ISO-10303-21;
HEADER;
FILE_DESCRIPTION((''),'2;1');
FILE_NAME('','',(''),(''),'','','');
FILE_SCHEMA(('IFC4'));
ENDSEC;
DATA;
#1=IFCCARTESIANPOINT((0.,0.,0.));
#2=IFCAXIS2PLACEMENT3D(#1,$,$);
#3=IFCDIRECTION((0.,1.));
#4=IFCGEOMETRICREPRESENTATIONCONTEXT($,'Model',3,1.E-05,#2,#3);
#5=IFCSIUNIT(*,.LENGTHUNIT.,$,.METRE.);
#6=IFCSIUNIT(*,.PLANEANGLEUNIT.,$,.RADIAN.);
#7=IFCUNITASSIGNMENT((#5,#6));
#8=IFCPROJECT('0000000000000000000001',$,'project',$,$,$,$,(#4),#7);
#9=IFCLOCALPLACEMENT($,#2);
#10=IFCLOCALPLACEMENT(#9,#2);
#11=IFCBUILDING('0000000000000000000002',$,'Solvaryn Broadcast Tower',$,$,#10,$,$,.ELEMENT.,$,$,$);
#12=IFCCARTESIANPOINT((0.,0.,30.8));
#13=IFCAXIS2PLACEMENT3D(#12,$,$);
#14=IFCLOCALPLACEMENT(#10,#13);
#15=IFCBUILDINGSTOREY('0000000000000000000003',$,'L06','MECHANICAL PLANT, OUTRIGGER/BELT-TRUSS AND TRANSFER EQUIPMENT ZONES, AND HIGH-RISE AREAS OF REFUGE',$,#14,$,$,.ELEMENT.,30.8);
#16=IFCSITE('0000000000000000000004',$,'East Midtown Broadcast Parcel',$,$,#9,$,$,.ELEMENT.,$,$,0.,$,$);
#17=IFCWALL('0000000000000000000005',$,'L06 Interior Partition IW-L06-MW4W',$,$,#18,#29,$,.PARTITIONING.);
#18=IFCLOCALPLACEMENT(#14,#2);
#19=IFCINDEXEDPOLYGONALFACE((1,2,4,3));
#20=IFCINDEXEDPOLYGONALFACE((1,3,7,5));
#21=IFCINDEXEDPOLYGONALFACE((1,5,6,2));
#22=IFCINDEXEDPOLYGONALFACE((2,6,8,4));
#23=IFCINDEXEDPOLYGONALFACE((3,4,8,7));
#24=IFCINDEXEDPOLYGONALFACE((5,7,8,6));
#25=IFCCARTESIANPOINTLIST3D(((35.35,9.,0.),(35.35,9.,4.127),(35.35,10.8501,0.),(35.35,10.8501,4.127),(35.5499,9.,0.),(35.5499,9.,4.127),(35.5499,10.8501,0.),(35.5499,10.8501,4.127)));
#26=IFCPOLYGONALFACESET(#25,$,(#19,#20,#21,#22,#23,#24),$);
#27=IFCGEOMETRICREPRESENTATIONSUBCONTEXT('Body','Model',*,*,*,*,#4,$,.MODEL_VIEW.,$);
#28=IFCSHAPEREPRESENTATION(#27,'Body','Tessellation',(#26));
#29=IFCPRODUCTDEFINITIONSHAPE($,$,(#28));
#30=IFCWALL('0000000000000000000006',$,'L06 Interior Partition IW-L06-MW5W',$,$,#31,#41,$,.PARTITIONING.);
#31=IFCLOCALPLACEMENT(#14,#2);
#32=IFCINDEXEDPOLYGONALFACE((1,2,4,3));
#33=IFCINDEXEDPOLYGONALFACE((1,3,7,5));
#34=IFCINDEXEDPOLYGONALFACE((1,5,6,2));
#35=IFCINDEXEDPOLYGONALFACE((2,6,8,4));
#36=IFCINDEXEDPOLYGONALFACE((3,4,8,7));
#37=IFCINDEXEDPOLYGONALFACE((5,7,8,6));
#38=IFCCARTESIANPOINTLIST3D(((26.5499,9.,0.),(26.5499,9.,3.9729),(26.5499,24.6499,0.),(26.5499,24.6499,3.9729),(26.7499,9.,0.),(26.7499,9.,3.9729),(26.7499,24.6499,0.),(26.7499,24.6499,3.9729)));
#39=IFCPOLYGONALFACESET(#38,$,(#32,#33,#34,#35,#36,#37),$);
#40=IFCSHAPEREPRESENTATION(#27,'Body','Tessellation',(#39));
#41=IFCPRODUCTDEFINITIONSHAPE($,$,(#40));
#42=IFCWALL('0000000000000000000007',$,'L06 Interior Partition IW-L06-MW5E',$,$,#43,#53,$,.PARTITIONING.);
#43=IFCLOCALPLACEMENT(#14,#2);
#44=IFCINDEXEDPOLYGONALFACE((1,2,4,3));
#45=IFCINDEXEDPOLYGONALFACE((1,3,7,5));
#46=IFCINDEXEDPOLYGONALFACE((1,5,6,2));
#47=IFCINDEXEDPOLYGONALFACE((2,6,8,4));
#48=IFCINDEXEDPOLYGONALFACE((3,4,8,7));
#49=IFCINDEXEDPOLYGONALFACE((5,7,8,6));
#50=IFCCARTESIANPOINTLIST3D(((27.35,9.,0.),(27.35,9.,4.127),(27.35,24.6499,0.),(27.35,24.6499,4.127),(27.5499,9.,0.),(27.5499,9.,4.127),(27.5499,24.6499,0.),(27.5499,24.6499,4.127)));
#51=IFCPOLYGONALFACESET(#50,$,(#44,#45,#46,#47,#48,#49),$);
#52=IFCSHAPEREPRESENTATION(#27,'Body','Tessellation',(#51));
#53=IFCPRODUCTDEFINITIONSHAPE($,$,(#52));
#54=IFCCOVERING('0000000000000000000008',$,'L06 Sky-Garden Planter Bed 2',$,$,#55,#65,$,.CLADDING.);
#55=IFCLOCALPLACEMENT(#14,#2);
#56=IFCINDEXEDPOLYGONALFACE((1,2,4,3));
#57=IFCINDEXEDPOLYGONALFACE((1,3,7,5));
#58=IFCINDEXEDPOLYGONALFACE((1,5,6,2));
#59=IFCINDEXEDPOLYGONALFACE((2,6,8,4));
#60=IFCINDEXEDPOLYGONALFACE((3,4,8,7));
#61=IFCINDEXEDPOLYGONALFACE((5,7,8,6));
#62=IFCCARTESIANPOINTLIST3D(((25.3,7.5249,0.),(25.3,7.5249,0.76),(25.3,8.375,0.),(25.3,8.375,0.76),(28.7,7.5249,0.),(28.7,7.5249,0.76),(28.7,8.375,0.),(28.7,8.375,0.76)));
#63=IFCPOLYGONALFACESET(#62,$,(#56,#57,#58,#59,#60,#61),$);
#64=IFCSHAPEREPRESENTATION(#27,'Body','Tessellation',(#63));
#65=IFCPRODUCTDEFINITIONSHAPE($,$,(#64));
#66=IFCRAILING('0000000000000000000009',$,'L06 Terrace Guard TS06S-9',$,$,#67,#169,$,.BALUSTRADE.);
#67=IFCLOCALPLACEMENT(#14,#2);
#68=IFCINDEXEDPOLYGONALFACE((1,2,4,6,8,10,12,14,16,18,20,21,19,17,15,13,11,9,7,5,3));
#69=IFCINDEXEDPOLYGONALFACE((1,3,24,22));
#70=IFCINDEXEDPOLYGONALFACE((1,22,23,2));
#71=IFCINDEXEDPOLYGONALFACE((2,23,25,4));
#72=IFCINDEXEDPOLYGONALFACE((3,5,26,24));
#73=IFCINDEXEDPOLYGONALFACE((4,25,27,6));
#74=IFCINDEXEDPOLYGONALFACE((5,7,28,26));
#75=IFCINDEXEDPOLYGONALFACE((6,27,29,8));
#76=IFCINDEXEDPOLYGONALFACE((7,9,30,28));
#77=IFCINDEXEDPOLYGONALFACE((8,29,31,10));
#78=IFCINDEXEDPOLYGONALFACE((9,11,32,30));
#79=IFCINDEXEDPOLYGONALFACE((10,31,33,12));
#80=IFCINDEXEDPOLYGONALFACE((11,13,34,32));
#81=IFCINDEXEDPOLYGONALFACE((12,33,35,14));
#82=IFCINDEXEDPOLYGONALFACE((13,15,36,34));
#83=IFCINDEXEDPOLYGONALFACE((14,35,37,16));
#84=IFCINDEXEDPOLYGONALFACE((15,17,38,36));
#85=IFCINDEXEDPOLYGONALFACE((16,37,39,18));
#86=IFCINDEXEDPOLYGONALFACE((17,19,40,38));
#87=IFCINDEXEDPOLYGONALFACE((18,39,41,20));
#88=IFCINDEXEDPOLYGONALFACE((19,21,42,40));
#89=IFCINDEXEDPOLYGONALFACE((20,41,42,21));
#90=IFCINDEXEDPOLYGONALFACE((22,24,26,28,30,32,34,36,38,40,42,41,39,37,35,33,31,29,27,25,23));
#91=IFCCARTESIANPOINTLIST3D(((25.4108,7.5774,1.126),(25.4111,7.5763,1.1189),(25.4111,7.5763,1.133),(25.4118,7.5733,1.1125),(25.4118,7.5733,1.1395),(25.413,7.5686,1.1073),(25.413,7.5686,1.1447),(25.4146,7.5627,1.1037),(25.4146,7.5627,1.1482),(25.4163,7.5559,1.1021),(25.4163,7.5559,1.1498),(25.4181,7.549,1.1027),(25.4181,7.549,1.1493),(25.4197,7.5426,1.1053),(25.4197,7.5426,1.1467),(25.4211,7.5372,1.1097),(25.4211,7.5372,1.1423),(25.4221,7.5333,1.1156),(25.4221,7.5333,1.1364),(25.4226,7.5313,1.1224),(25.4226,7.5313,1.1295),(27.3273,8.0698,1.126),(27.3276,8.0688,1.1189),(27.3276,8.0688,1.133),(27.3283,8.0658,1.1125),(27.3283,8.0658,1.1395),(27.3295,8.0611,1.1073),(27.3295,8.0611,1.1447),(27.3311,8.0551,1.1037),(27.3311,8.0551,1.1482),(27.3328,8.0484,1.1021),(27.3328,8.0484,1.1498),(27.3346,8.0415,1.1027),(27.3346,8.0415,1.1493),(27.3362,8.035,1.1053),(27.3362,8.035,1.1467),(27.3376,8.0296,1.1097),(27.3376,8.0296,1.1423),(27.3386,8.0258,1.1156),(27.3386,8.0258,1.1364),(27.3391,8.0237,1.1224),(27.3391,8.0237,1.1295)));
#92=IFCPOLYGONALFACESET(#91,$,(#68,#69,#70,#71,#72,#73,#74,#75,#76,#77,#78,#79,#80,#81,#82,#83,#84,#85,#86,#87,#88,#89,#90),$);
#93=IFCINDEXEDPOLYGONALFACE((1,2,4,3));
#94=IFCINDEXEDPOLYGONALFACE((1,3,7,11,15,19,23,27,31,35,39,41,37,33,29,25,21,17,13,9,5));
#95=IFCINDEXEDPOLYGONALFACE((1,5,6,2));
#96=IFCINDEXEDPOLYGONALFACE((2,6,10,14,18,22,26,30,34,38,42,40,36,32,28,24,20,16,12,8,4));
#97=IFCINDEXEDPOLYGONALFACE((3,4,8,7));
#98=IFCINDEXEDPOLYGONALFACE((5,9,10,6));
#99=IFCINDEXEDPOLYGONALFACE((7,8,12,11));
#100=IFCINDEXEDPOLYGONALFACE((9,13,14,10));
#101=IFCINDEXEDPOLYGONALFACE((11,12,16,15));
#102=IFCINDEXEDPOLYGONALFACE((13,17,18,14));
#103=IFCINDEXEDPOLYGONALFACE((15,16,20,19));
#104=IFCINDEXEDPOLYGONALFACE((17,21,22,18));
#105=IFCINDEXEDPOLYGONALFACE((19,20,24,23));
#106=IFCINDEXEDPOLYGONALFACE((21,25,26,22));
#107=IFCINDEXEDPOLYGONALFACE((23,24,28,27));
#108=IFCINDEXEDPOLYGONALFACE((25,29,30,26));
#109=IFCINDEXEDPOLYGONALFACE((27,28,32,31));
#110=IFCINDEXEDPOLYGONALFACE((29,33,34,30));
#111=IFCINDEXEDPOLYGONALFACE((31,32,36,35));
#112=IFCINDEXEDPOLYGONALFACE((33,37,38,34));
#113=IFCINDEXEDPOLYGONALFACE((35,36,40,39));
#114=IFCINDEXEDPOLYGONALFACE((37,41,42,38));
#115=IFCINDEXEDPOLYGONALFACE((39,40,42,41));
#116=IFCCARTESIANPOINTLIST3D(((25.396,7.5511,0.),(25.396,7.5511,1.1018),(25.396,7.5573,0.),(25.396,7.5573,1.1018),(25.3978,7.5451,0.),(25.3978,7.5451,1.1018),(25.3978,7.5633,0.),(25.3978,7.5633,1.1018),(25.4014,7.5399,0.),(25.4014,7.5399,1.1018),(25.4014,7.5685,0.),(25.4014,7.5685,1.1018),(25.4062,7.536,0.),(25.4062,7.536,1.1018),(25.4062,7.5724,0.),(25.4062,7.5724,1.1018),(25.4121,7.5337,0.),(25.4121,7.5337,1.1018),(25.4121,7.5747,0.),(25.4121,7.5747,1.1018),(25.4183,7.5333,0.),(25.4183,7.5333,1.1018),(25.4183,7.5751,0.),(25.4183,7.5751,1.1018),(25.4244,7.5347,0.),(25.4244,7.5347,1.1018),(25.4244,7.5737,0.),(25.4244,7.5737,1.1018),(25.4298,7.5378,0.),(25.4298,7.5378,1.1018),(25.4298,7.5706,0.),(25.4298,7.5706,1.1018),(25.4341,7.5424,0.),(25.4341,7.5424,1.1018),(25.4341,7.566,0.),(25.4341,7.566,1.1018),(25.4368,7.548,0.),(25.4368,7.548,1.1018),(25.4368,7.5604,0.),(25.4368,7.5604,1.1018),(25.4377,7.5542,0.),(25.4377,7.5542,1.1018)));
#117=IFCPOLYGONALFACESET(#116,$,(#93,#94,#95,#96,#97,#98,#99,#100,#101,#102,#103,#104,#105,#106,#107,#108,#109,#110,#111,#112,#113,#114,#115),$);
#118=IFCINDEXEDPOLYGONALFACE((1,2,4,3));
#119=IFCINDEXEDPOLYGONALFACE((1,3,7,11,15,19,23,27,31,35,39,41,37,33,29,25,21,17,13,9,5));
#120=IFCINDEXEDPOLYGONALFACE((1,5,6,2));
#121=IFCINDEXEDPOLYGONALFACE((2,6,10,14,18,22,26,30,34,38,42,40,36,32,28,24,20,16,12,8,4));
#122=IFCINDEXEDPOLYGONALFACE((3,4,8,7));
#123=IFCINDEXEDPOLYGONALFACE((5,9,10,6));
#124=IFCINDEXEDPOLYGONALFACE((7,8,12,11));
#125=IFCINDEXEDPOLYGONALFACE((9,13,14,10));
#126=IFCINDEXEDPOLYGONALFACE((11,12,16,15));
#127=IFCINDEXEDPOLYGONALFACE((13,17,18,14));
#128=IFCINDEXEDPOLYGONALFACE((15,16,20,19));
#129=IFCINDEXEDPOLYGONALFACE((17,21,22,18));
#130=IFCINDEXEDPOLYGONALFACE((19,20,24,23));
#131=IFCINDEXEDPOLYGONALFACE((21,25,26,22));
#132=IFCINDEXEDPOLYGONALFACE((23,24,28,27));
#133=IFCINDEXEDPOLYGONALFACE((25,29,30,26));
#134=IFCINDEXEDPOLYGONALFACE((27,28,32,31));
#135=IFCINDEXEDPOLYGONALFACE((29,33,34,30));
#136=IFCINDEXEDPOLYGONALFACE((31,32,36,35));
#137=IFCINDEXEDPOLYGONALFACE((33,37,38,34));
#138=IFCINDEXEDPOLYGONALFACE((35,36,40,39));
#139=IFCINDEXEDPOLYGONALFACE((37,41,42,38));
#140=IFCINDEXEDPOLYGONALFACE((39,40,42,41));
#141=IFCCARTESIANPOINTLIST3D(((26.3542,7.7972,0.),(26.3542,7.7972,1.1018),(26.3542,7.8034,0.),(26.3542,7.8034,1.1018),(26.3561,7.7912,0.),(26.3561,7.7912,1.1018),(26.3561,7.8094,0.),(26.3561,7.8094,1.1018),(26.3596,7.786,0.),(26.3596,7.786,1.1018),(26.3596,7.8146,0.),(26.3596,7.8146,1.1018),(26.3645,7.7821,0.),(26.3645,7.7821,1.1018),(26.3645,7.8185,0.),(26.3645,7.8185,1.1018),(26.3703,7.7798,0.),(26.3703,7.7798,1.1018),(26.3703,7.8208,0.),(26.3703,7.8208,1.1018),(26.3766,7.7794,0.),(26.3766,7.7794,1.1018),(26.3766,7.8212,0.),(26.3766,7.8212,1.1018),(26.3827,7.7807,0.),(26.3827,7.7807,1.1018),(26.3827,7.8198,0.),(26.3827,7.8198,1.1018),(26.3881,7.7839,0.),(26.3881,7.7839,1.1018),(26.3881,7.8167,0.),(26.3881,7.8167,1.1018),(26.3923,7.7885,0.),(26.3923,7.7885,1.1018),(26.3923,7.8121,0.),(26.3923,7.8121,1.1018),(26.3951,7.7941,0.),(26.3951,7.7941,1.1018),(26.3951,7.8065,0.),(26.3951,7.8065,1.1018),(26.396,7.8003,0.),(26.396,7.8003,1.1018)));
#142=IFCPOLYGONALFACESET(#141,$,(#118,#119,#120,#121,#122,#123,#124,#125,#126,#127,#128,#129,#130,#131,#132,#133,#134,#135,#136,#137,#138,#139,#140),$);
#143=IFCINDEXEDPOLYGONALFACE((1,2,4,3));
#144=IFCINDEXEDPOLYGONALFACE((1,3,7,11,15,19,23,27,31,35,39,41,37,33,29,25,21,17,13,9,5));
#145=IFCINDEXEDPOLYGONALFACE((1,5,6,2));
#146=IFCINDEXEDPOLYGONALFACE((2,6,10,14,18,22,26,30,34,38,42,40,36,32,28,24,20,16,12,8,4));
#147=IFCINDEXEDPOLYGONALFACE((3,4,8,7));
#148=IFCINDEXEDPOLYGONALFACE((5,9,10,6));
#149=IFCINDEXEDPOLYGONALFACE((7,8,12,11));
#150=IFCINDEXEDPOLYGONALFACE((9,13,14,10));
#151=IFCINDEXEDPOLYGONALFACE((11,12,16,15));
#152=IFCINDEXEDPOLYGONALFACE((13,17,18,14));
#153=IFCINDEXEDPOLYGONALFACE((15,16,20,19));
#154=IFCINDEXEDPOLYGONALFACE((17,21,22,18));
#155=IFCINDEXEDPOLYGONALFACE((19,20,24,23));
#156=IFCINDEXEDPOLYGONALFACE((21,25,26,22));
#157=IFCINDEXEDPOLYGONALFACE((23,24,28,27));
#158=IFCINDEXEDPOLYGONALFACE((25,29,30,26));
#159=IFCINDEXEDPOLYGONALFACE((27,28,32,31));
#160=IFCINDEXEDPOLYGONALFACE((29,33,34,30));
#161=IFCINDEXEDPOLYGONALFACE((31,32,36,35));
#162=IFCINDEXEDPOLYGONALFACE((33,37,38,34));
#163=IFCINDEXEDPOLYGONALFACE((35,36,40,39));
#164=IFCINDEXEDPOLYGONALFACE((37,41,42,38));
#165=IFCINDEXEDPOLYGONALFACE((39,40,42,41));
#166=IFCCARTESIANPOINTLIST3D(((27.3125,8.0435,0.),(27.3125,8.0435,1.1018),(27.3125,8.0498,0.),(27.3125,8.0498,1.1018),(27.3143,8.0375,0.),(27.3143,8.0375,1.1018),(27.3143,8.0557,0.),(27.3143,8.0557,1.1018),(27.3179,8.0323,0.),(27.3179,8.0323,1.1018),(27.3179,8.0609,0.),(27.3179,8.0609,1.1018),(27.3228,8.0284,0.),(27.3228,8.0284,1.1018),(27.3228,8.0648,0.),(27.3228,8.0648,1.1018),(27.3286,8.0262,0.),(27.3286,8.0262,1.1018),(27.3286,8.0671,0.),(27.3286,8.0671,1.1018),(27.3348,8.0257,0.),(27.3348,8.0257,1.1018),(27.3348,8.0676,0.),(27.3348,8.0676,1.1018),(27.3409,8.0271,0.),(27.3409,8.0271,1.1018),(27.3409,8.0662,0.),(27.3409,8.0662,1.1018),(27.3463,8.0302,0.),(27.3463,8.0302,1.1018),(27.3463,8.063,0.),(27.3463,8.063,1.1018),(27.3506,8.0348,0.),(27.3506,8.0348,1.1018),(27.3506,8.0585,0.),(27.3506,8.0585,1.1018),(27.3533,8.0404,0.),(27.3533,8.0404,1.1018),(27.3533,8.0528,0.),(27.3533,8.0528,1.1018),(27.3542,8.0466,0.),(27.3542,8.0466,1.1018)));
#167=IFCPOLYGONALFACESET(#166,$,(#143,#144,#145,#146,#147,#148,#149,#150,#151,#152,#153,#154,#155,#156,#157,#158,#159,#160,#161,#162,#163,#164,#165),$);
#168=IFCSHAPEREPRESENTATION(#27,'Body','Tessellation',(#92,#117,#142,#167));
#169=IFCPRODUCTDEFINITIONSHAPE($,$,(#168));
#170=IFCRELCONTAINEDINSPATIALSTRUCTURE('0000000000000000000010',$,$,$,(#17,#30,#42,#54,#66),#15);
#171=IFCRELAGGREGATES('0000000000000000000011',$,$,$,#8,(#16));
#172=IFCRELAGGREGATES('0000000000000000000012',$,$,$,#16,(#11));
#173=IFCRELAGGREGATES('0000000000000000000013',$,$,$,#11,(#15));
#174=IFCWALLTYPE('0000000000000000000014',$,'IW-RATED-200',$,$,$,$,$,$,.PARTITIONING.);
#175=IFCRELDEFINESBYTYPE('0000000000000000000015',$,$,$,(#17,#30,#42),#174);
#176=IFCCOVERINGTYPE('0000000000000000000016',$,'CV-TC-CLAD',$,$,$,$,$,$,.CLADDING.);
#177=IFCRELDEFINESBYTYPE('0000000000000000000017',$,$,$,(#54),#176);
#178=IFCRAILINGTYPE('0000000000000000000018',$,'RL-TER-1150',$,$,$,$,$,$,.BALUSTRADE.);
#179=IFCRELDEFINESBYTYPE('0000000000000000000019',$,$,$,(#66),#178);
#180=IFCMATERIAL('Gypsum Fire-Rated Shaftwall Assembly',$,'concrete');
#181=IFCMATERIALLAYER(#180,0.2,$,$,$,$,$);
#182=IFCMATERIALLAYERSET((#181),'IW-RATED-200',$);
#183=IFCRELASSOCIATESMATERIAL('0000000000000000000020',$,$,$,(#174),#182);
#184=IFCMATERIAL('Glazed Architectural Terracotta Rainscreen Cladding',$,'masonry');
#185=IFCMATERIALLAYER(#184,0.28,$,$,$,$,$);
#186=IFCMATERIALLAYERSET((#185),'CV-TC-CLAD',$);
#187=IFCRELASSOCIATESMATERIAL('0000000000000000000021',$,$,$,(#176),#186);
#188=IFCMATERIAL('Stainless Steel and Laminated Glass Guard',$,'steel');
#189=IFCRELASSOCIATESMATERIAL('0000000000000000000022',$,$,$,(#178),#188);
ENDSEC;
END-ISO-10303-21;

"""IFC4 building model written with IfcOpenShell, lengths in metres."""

from ifc_helpers import new_model, si_unit, direction, frame, frame_2d, origin, origin_2d, place, context, subcontext, project, spatial, rectangle, circle, extrude, material, layer, layer_set, type_object, element, save


model = new_model("IFC4")

# Units and contexts
model_context = context("Model", 3, precision=1e-05, world=origin(), true_north=direction((0.0, 1.0)))
body_context = subcontext(model_context, "Body", "Model", "MODEL_VIEW")
ifc_project = project(units=[si_unit("LENGTHUNIT", "METRE"), si_unit("PLANEANGLEUNIT", "RADIAN")], contexts=[model_context])

# Site, building, storey
site_placement = place(None, origin())
site = spatial("IfcSite", under=ifc_project, at=site_placement, Name="East Midtown Broadcast Parcel", CompositionType="ELEMENT", RefElevation=0.0)
building_placement = place(site_placement, origin())
building = spatial("IfcBuilding", under=site, at=building_placement, Name="Solvaryn Broadcast Tower", CompositionType="ELEMENT")
storey_placement = place(building_placement, frame((0.0, 0.0, 30.8)))
storey = spatial("IfcBuildingStorey", under=building, at=storey_placement, Name="L06", Description="MECHANICAL PLANT, OUTRIGGER/BELT-TRUSS AND TRANSFER EQUIPMENT ZONES, AND HIGH-RISE AREAS OF REFUGE", CompositionType="ELEMENT", Elevation=30.8)

# Walls
ifc_material_1 = material(Name="Gypsum Fire-Rated Shaftwall Assembly", Category="concrete")
ifc_layer_1 = layer(ifc_material_1, 0.2)
ifc_layer_set_1 = layer_set([ifc_layer_1], Name="IW-RATED-200")
wall_type = type_object("IfcWallType", Name="IW-RATED-200", PredefinedType="PARTITIONING", material=ifc_layer_set_1)
wall_1_placement = place(storey_placement, frame((35.45, 9.0, 0.0), z_axis=(0.0, 0.0, 1.0), x_axis=(0.0, 1.0, 0.0)))
element("IfcWall", 1, at=wall_1_placement, inside=storey, type_object=wall_type, Name="L06 Interior Partition IW-L06-MW4W", PredefinedType="PARTITIONING", context=body_context, shape_type="SweptSolid", body=[
    extrude(rectangle(XDim=1.8501, YDim=0.2, at=frame_2d((0.925, 0.0))), origin(), (0.0, 0.0, 1.0), 4.127),
])
wall_2_placement = place(storey_placement, frame((26.6499, 9.0, 0.0), z_axis=(0.0, 0.0, 1.0), x_axis=(0.0, 1.0, 0.0)))
element("IfcWall", 2, at=wall_2_placement, inside=storey, type_object=wall_type, Name="L06 Interior Partition IW-L06-MW5W", PredefinedType="PARTITIONING", context=body_context, shape_type="SweptSolid", body=[
    extrude(rectangle(XDim=15.6499, YDim=0.2, at=frame_2d((7.825, 0.0))), origin(), (0.0, 0.0, 1.0), 3.9729),
])
wall_3_placement = place(storey_placement, frame((27.45, 9.0, 0.0), z_axis=(0.0, 0.0, 1.0), x_axis=(0.0, 1.0, 0.0)))
element("IfcWall", 3, at=wall_3_placement, inside=storey, type_object=wall_type, Name="L06 Interior Partition IW-L06-MW5E", PredefinedType="PARTITIONING", context=body_context, shape_type="SweptSolid", body=[
    extrude(rectangle(XDim=15.6499, YDim=0.2, at=frame_2d((7.825, 0.0))), origin(), (0.0, 0.0, 1.0), 4.127),
])

# Covering
ifc_material_2 = material(Name="Glazed Architectural Terracotta Rainscreen Cladding", Category="masonry")
ifc_layer_2 = layer(ifc_material_2, 0.28)
ifc_layer_set_2 = layer_set([ifc_layer_2], Name="CV-TC-CLAD")
covering_type = type_object("IfcCoveringType", Name="CV-TC-CLAD", PredefinedType="CLADDING", material=ifc_layer_set_2)
covering_placement = place(storey_placement, frame((27.0, 7.95, 0.0), z_axis=(0.0, 0.0, 1.0), x_axis=(1.0, 0.0, 0.0)))
element("IfcCovering", 4, at=covering_placement, inside=storey, type_object=covering_type, Name="L06 Sky-Garden Planter Bed 2", PredefinedType="CLADDING", context=body_context, shape_type="SweptSolid", body=[
    extrude(rectangle(XDim=3.3999, YDim=0.8501, at=origin_2d()), origin(), (0.0, 0.0, 1.0), 0.76),
])

# Railing
ifc_material_3 = material(Name="Stainless Steel and Laminated Glass Guard", Category="steel")
railing_type = type_object("IfcRailingType", Name="RL-TER-1150", PredefinedType="BALUSTRADE", material=ifc_material_3)
railing_1_placement = place(storey_placement, frame((25.4167, 7.5542, 0.0)))
element("IfcRailing", 5, at=railing_1_placement, inside=storey, type_object=railing_type, Name="L06 Terrace Guard TS06S-9", PredefinedType="BALUSTRADE", context=body_context, shape_type="SweptSolid", body=[
    extrude(circle(Radius=0.0239, at=origin_2d()), frame((0.0, 0.0, 1.126), z_axis=(0.96854, 0.248859, 0.0), x_axis=(-0.248859, 0.96854, 0.0)), (0.0, 0.0, 1.0), 1.9788),
    extrude(circle(Radius=0.021, at=origin_2d()), origin(), (0.0, 0.0, 1.0), 1.1018),
    extrude(circle(Radius=0.021, at=origin_2d()), frame((0.9583, 0.2461, 0.0)), (0.0, 0.0, 1.0), 1.1018),
    extrude(circle(Radius=0.021, at=origin_2d()), frame((1.9165, 0.4924, 0.0)), (0.0, 0.0, 1.0), 1.1018),
])

save(model, "model.ifc")
